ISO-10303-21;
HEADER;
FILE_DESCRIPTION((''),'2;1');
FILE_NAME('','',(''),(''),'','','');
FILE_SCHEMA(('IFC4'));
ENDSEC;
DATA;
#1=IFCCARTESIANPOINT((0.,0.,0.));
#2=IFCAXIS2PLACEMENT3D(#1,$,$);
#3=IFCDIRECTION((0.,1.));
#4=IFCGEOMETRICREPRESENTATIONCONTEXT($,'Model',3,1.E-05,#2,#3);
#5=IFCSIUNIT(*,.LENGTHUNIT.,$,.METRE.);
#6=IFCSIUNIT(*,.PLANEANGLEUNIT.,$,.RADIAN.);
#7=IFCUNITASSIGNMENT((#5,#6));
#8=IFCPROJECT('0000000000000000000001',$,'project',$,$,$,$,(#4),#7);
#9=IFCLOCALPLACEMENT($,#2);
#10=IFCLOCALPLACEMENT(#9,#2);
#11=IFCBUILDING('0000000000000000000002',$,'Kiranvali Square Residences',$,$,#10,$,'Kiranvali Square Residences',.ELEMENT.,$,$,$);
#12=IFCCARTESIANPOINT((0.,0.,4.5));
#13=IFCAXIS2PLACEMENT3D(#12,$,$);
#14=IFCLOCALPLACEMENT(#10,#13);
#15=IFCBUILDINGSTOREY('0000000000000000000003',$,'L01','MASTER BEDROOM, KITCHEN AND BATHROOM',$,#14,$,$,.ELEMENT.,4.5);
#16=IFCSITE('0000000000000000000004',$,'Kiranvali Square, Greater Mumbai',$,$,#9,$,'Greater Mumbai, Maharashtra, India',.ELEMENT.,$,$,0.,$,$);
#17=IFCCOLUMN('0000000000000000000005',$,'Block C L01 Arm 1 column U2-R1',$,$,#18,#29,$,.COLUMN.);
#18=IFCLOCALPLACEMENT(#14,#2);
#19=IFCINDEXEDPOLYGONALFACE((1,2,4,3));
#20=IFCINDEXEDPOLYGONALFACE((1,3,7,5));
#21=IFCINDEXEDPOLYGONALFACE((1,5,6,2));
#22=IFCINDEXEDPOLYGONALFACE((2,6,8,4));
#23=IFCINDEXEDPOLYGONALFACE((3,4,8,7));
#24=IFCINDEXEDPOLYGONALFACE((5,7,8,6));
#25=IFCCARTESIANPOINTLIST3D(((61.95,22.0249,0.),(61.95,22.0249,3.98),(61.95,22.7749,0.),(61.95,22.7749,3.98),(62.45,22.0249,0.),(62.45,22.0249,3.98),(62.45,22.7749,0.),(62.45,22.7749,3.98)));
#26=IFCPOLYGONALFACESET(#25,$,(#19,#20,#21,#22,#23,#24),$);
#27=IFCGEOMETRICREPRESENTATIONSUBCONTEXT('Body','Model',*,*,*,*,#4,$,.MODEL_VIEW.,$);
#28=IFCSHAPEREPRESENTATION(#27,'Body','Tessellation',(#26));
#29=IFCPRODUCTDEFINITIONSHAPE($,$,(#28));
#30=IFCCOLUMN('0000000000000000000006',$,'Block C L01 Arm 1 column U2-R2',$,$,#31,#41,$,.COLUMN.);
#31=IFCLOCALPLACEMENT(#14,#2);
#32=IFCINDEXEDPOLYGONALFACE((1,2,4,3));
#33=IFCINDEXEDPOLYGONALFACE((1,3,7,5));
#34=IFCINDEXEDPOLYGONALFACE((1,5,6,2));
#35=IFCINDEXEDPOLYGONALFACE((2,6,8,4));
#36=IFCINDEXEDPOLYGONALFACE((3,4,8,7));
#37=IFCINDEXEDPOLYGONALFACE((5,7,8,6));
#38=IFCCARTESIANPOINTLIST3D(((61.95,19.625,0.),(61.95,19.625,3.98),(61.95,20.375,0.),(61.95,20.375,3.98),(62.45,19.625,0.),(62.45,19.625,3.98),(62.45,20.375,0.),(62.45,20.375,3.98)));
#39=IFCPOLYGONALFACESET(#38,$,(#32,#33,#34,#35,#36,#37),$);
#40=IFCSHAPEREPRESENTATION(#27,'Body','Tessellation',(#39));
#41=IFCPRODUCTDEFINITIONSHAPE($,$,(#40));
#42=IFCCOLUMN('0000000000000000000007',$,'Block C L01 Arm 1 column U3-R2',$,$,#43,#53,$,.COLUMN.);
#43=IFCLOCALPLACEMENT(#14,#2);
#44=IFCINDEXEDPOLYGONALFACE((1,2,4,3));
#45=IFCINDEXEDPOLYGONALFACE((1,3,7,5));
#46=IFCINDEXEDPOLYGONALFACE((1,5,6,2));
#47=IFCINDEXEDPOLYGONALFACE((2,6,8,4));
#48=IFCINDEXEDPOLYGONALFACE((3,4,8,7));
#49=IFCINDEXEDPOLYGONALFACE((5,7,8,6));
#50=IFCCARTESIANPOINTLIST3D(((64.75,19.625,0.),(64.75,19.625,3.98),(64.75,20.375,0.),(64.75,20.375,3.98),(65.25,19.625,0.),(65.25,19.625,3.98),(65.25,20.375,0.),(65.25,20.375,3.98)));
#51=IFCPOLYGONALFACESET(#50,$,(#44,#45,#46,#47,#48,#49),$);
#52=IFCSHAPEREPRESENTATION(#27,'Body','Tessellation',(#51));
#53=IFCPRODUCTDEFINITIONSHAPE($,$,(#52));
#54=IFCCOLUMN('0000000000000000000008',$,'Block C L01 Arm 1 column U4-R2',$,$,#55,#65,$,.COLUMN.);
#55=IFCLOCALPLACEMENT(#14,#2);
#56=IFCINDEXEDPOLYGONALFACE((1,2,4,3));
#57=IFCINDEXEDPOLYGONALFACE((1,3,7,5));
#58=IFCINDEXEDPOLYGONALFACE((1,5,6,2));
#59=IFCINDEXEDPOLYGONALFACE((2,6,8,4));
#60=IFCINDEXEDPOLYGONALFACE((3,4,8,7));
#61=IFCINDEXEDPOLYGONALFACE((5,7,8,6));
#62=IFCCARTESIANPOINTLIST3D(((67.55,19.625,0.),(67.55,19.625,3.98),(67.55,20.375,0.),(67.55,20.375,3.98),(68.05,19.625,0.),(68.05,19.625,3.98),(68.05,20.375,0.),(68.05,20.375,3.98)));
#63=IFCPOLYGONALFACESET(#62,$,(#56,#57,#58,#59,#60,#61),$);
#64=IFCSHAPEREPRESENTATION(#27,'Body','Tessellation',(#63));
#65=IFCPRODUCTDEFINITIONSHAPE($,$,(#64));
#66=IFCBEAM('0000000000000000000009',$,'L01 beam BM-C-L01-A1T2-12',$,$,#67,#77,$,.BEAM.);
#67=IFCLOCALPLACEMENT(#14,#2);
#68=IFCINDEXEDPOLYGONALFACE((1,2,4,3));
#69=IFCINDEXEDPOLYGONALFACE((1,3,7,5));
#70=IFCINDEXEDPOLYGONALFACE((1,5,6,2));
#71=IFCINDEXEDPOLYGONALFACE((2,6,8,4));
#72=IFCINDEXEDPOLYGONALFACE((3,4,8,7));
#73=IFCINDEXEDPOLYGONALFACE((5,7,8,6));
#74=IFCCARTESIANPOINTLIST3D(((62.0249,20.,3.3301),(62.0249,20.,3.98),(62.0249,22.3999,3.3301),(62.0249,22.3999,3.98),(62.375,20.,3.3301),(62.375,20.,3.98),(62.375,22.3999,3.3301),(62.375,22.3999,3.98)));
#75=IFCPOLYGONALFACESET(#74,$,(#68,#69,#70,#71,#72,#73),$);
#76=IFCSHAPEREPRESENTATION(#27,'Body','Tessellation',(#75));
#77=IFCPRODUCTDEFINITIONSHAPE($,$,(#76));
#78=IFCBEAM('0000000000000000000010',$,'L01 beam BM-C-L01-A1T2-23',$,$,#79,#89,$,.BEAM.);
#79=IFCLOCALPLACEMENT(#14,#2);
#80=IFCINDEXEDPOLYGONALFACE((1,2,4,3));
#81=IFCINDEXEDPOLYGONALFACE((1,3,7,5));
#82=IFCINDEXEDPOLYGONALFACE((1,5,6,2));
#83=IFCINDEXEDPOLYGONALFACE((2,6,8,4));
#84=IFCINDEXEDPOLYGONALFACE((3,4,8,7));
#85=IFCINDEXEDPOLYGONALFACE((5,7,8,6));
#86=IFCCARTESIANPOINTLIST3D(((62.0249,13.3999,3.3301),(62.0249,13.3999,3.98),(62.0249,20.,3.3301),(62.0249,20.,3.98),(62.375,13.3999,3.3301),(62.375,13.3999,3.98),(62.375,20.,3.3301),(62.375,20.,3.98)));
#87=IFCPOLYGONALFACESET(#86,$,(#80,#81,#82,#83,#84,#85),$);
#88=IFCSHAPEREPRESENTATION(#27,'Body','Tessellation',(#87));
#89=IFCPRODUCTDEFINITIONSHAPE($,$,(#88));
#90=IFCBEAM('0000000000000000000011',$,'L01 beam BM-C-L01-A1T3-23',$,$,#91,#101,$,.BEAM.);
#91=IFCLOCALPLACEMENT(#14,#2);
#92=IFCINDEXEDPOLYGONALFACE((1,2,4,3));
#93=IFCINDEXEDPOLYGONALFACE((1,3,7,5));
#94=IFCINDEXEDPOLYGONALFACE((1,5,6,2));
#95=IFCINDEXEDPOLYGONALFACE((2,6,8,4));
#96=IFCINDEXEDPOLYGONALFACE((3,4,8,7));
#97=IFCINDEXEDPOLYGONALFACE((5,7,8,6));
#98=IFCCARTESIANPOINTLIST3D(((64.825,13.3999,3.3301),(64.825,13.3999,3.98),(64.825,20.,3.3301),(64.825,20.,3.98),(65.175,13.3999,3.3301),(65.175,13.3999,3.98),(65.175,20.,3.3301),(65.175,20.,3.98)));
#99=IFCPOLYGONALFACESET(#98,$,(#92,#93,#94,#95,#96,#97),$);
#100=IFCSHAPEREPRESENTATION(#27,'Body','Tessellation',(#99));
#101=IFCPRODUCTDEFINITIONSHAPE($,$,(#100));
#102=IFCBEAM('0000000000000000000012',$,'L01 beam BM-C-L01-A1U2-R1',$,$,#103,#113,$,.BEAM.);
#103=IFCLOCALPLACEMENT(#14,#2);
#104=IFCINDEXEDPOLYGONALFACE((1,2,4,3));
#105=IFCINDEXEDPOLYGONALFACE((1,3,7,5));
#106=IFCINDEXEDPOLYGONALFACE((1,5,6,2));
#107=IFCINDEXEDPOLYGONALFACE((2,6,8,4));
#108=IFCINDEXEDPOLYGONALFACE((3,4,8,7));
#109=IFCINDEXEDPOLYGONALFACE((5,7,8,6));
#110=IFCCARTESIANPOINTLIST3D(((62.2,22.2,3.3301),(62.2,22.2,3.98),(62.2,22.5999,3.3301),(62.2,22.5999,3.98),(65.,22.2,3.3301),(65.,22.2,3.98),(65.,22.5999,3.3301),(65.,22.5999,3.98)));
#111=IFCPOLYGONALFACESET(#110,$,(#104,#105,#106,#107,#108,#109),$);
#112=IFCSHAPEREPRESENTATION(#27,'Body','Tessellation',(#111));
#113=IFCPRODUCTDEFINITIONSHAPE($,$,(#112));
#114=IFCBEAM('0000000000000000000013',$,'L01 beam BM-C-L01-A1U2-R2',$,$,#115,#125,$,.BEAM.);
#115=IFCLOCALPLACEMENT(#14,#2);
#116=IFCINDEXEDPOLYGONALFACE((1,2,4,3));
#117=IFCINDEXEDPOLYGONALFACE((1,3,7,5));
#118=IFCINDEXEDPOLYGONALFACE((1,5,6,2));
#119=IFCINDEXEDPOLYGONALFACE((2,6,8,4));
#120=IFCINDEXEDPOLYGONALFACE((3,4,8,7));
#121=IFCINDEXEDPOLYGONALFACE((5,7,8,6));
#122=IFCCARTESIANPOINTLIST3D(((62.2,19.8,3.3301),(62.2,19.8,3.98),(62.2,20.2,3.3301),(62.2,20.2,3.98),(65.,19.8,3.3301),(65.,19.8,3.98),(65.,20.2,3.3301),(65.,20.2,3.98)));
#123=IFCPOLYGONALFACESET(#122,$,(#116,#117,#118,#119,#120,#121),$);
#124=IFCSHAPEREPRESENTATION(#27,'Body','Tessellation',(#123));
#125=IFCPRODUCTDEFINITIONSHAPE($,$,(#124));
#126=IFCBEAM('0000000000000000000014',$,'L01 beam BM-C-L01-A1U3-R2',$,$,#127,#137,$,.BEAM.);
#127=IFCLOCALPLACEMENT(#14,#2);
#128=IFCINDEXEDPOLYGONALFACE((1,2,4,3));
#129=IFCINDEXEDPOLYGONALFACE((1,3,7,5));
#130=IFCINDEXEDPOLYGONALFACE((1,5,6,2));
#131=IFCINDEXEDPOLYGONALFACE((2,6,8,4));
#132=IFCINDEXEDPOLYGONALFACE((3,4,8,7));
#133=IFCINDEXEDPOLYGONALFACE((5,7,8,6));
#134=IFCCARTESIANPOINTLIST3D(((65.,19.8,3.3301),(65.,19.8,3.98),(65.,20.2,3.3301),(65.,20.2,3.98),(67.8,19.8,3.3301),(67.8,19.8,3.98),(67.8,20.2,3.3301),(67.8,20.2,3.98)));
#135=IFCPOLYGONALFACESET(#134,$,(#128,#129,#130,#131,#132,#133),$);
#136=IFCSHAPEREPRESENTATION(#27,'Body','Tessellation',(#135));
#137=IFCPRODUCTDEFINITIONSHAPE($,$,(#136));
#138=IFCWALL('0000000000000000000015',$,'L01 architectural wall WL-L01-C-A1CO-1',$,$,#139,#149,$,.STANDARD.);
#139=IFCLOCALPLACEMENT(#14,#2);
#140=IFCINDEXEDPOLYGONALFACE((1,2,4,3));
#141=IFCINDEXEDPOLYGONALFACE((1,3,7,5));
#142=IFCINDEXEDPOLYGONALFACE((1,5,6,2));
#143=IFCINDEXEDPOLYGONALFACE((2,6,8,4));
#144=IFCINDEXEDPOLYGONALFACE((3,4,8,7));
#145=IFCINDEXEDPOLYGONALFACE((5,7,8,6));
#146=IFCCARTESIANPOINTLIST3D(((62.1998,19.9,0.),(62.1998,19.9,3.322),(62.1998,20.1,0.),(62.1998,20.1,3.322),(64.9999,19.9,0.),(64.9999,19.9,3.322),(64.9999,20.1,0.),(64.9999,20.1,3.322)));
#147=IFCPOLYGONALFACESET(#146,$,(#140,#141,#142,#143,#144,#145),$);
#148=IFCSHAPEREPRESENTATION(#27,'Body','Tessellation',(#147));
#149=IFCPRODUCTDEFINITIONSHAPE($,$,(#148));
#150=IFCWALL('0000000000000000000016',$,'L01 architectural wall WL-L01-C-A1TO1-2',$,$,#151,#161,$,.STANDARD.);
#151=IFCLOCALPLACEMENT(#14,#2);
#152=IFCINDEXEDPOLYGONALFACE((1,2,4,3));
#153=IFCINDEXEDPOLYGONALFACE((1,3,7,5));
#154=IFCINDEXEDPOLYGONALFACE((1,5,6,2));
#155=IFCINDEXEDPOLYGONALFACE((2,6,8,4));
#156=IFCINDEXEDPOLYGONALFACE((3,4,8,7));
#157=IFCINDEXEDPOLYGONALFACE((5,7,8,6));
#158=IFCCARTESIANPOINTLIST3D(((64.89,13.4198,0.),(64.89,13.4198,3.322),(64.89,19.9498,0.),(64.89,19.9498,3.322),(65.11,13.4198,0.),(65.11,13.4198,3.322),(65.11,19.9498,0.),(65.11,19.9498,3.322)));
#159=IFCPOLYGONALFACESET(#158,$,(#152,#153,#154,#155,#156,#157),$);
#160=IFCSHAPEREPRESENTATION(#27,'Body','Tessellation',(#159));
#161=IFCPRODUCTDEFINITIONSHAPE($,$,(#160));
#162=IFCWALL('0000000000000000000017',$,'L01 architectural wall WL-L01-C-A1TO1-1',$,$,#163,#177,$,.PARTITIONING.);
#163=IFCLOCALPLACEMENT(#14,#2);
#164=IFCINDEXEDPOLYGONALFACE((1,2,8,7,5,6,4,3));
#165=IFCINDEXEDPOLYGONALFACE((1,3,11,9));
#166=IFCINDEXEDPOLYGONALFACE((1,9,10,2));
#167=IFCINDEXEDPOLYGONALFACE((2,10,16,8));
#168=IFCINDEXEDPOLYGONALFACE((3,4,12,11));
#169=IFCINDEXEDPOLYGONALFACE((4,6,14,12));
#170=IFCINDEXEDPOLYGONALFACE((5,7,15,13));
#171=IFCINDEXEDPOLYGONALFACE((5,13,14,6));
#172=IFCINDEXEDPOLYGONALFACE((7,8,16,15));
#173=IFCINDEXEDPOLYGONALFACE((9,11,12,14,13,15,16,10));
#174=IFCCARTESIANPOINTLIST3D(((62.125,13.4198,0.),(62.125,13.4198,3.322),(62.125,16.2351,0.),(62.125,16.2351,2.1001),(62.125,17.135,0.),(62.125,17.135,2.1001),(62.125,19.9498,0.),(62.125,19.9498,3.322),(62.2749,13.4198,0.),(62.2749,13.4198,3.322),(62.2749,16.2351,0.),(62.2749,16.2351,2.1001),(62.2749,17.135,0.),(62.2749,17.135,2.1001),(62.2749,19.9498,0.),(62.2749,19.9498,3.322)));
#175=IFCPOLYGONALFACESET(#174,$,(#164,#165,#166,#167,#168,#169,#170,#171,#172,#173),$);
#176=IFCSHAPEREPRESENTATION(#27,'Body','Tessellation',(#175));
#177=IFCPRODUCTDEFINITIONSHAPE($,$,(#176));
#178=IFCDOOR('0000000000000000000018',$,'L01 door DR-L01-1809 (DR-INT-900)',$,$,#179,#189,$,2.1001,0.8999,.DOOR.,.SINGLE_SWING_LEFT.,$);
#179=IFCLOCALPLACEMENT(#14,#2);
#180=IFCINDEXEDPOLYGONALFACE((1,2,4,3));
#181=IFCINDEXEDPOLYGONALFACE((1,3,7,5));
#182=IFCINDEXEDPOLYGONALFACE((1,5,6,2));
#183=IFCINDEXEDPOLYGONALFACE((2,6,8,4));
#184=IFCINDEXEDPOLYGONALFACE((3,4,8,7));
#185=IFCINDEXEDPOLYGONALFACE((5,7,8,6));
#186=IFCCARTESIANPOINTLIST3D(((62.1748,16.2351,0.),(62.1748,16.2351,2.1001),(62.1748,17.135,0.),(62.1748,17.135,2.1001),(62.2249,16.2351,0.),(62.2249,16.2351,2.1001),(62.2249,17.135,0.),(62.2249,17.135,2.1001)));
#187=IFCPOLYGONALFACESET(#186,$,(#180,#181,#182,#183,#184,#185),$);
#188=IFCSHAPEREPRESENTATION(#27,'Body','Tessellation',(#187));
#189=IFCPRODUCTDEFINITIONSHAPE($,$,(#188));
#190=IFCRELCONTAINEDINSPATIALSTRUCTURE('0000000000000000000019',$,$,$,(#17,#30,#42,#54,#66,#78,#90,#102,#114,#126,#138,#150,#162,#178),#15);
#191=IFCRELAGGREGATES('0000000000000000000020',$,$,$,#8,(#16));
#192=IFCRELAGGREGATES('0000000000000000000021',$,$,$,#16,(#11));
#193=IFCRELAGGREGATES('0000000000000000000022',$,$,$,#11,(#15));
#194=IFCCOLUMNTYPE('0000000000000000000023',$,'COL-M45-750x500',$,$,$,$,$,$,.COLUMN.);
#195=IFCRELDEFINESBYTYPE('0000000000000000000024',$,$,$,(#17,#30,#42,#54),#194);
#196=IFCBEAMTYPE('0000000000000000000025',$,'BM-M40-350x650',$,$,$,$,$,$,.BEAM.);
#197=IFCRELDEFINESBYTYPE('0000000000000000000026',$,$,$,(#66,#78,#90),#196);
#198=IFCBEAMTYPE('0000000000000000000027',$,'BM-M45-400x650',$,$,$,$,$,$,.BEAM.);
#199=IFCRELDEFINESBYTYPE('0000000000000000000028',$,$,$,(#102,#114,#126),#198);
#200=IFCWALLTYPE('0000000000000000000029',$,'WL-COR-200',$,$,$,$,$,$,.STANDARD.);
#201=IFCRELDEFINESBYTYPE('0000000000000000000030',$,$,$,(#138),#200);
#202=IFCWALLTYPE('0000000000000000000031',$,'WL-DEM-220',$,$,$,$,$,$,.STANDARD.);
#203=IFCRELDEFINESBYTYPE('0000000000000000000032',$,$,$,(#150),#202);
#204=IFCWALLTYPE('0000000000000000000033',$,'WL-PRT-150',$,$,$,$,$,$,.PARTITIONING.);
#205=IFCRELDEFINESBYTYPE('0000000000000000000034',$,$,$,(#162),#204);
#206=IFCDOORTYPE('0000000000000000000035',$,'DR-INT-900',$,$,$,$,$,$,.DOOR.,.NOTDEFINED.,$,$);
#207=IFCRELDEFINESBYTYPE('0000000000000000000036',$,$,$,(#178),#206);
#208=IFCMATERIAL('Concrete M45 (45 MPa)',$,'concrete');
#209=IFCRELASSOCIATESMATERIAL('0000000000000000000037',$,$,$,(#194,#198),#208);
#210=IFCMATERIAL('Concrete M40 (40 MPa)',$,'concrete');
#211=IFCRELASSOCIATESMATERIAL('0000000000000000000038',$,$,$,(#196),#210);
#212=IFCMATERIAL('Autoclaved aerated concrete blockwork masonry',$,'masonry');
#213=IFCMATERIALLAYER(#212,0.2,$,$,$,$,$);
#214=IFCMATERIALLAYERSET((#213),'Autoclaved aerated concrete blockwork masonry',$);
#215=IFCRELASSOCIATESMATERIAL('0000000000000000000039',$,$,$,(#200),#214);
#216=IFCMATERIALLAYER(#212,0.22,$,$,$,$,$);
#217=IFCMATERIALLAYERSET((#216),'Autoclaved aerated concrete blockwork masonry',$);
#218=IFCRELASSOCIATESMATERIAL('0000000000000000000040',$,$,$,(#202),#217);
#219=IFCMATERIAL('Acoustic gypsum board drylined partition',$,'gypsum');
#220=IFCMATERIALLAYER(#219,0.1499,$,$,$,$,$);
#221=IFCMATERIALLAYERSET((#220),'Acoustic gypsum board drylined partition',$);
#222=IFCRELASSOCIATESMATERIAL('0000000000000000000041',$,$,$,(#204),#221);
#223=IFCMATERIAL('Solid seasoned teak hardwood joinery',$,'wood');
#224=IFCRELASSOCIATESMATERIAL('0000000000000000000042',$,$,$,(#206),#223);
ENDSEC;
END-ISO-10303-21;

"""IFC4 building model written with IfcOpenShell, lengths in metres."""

from ifc_helpers import new_model, si_unit, direction, frame, frame_2d, origin, origin_2d, place, context, subcontext, project, spatial, rectangle, extrude, material, layer, layer_set, material_profile, profile_set, type_object, element, fill, save


model = new_model("IFC4")

# Units and contexts
model_context = context("Model", 3, precision=1e-05, world=origin(), true_north=direction((0.0, 1.0)))
body_context = subcontext(model_context, "Body", "Model", "MODEL_VIEW")
ifc_project = project(units=[si_unit("LENGTHUNIT", "METRE"), si_unit("PLANEANGLEUNIT", "RADIAN")], contexts=[model_context])

# Site, building, storey
site_placement = place(None, origin())
site = spatial("IfcSite", under=ifc_project, at=site_placement, Name="Kiranvali Square, Greater Mumbai", LongName="Greater Mumbai, Maharashtra, India", CompositionType="ELEMENT", RefElevation=0.0)
building_placement = place(site_placement, origin())
building = spatial("IfcBuilding", under=site, at=building_placement, Name="Kiranvali Square Residences", LongName="Kiranvali Square Residences", CompositionType="ELEMENT")
storey_placement = place(building_placement, frame((0.0, 0.0, 4.5)))
storey = spatial("IfcBuildingStorey", under=building, at=storey_placement, Name="L01", Description="MASTER BEDROOM, KITCHEN AND BATHROOM", CompositionType="ELEMENT", Elevation=4.5)

# Columns
ifc_material_1 = material(Name="Concrete M45 (45 MPa)", Category="concrete")
ifc_material_profile_1 = material_profile(ifc_material_1, rectangle(XDim=0.5, YDim=0.75, at=origin_2d()), Name="RC 750x500")
ifc_profile_set_1 = profile_set([ifc_material_profile_1], Name="Concrete M45 (45 MPa)")
column_type = type_object("IfcColumnType", Name="COL-M45-750x500", PredefinedType="COLUMN", material=ifc_profile_set_1)
for number, where, z_axis, x_axis, name in (
    (1, (62.2, 22.3999, 0.0), (0.0, 0.0, 1.0), (1.0, 0.0, 0.0), "Block C L01 Arm 1 column U2-R1"),
    (2, (62.2, 20.0, 0.0), (0.0, 0.0, 1.0), (1.0, 0.0, 0.0), "Block C L01 Arm 1 column U2-R2"),
    (3, (65.0, 20.0, 0.0), (0.0, 0.0, 1.0), (1.0, 0.0, 0.0), "Block C L01 Arm 1 column U3-R2"),
    (4, (67.8, 20.0, 0.0), (0.0, 0.0, 1.0), (1.0, 0.0, 0.0), "Block C L01 Arm 1 column U4-R2"),
):
    element("IfcColumn", number, at=place(storey_placement, frame(where, z_axis=z_axis, x_axis=x_axis)), inside=storey, type_object=column_type, Name=name, PredefinedType="COLUMN", context=body_context, shape_type="SweptSolid", body=[
        extrude(rectangle(XDim=0.5, YDim=0.75, at=origin_2d()), origin(), (0.0, 0.0, 1.0), 3.98),
    ])

# Beams
ifc_material_2 = material(Name="Concrete M40 (40 MPa)", Category="concrete")
ifc_material_profile_2 = material_profile(ifc_material_2, rectangle(XDim=0.3501, YDim=0.6499, at=origin_2d()), Name="RC 350x650")
ifc_profile_set_2 = profile_set([ifc_material_profile_2], Name="Concrete M40 (40 MPa)")
beam_type_1 = type_object("IfcBeamType", Name="BM-M40-350x650", PredefinedType="BEAM", material=ifc_profile_set_2)
beam_placement = place(storey_placement, frame((62.2, 22.3999, 3.655), z_axis=(0.0, -1.0, 0.0), x_axis=(1.0, 0.0, 0.0)))
element("IfcBeam", 5, at=beam_placement, inside=storey, type_object=beam_type_1, Name="L01 beam BM-C-L01-A1T2-12", PredefinedType="BEAM", context=body_context, shape_type="SweptSolid", body=[
    extrude(rectangle(XDim=0.3501, YDim=0.6499, at=origin_2d()), origin(), (0.0, 0.0, 1.0), 2.3999),
])
for number, where, z_axis, x_axis, name in (
    (6, (62.2, 20.0, 3.655), (0.0, -1.0, 0.0), (1.0, 0.0, 0.0), "L01 beam BM-C-L01-A1T2-23"),
    (7, (65.0, 20.0, 3.655), (0.0, -1.0, 0.0), (1.0, 0.0, 0.0), "L01 beam BM-C-L01-A1T3-23"),
):
    element("IfcBeam", number, at=place(storey_placement, frame(where, z_axis=z_axis, x_axis=x_axis)), inside=storey, type_object=beam_type_1, Name=name, PredefinedType="BEAM", context=body_context, shape_type="SweptSolid", body=[
        extrude(rectangle(XDim=0.3501, YDim=0.6499, at=origin_2d()), origin(), (0.0, 0.0, 1.0), 6.6001),
    ])
ifc_material_profile_3 = material_profile(ifc_material_1, rectangle(XDim=0.3999, YDim=0.6499, at=origin_2d()), Name="RC 400x650")
ifc_profile_set_3 = profile_set([ifc_material_profile_3], Name="Concrete M45 (45 MPa)")
beam_type_2 = type_object("IfcBeamType", Name="BM-M45-400x650", PredefinedType="BEAM", material=ifc_profile_set_3)
for number, where, z_axis, x_axis, name in (
    (8, (62.2, 22.3999, 3.655), (1.0, 0.0, 0.0), (0.0, 1.0, 0.0), "L01 beam BM-C-L01-A1U2-R1"),
    (9, (62.2, 20.0, 3.655), (1.0, 0.0, 0.0), (0.0, 1.0, 0.0), "L01 beam BM-C-L01-A1U2-R2"),
    (10, (65.0, 20.0, 3.655), (1.0, 0.0, 0.0), (0.0, 1.0, 0.0), "L01 beam BM-C-L01-A1U3-R2"),
):
    element("IfcBeam", number, at=place(storey_placement, frame(where, z_axis=z_axis, x_axis=x_axis)), inside=storey, type_object=beam_type_2, Name=name, PredefinedType="BEAM", context=body_context, shape_type="SweptSolid", body=[
        extrude(rectangle(XDim=0.3999, YDim=0.6499, at=origin_2d()), origin(), (0.0, 0.0, 1.0), 2.8),
    ])

# Wall
ifc_material_3 = material(Name="Autoclaved aerated concrete blockwork masonry", Category="masonry")
ifc_layer_1 = layer(ifc_material_3, 0.2)
ifc_layer_set_1 = layer_set([ifc_layer_1], Name="Autoclaved aerated concrete blockwork masonry")
wall_type_1 = type_object("IfcWallType", Name="WL-COR-200", PredefinedType="STANDARD", material=ifc_layer_set_1)
wall_1_placement = place(storey_placement, frame((62.2, 20.0, 0.0), z_axis=(0.0, 0.0, 1.0), x_axis=(1.0, 0.0, 0.0)))
element("IfcWall", 11, at=wall_1_placement, inside=storey, type_object=wall_type_1, Name="L01 architectural wall WL-L01-C-A1CO-1", PredefinedType="STANDARD", context=body_context, shape_type="SweptSolid", body=[
    extrude(rectangle(XDim=2.8, YDim=0.2, at=frame_2d((1.3999, 0.0))), origin(), (0.0, 0.0, 1.0), 3.322),
])

# Wall
ifc_layer_2 = layer(ifc_material_3, 0.22)
ifc_layer_set_2 = layer_set([ifc_layer_2], Name="Autoclaved aerated concrete blockwork masonry")
wall_type_2 = type_object("IfcWallType", Name="WL-DEM-220", PredefinedType="STANDARD", material=ifc_layer_set_2)
wall_2_placement = place(storey_placement, frame((65.0, 19.95, 0.0), z_axis=(0.0, 0.0, 1.0), x_axis=(0.0, -1.0, 0.0)))
element("IfcWall", 12, at=wall_2_placement, inside=storey, type_object=wall_type_2, Name="L01 architectural wall WL-L01-C-A1TO1-2", PredefinedType="STANDARD", context=body_context, shape_type="SweptSolid", body=[
    extrude(rectangle(XDim=6.53, YDim=0.22, at=frame_2d((3.2651, 0.0))), origin(), (0.0, 0.0, 1.0), 3.322),
])

# Wall, opening, door
ifc_material_4 = material(Name="Acoustic gypsum board drylined partition", Category="gypsum")
ifc_layer_3 = layer(ifc_material_4, 0.1499)
ifc_layer_set_3 = layer_set([ifc_layer_3], Name="Acoustic gypsum board drylined partition")
wall_type_3 = type_object("IfcWallType", Name="WL-PRT-150", PredefinedType="PARTITIONING", material=ifc_layer_set_3)
wall_3_placement = place(storey_placement, frame((62.2, 19.95, 0.0), z_axis=(0.0, 0.0, 1.0), x_axis=(0.0, -1.0, 0.0)))
wall_3 = element("IfcWall", 13, at=wall_3_placement, inside=storey, type_object=wall_type_3, Name="L01 architectural wall WL-L01-C-A1TO1-1", PredefinedType="PARTITIONING", context=body_context, shape_type="SweptSolid", body=[
    extrude(rectangle(XDim=6.53, YDim=0.1499, at=frame_2d((3.2651, 0.0))), origin(), (0.0, 0.0, 1.0), 3.322),
])
opening_1_placement = place(wall_3_placement, frame((2.8149, 0.0, 0.0)))
opening_1 = element("IfcOpeningElement", 14, at=opening_1_placement, cuts=wall_3, PredefinedType="OPENING", context=body_context, shape_type="SweptSolid", body=[
    extrude(rectangle(XDim=0.8999, YDim=2.1001, at=frame_2d((0.45, 1.05))), frame((0.0, 0.085, 0.0), z_axis=(0.0, -1.0, 0.0), x_axis=(1.0, 0.0, 0.0)), (0.0, 0.0, 1.0), 0.1699),
])
ifc_material_5 = material(Name="Solid seasoned teak hardwood joinery", Category="wood")
door_type_1 = type_object("IfcDoorType", Name="DR-INT-900", OperationType="NOTDEFINED", PredefinedType="DOOR", material=ifc_material_5)
door_1_placement = place(opening_1_placement, origin())
door_1 = element("IfcDoor", 15, at=door_1_placement, inside=storey, type_object=door_type_1, Name="L01 door DR-L01-1809 (DR-INT-900)", OperationType="SINGLE_SWING_LEFT", OverallHeight=2.1001, OverallWidth=0.8999, PredefinedType="DOOR", context=body_context, shape_type="SweptSolid", body=[
    extrude(rectangle(XDim=0.8999, YDim=2.1001, at=frame_2d((0.45, 1.05))), frame((0.0, 0.0249, 0.0), z_axis=(0.0, -1.0, 0.0), x_axis=(1.0, 0.0, 0.0)), (0.0, 0.0, 1.0), 0.05),
])
fill(opening_1, door_1)

save(model, "model.ifc")
